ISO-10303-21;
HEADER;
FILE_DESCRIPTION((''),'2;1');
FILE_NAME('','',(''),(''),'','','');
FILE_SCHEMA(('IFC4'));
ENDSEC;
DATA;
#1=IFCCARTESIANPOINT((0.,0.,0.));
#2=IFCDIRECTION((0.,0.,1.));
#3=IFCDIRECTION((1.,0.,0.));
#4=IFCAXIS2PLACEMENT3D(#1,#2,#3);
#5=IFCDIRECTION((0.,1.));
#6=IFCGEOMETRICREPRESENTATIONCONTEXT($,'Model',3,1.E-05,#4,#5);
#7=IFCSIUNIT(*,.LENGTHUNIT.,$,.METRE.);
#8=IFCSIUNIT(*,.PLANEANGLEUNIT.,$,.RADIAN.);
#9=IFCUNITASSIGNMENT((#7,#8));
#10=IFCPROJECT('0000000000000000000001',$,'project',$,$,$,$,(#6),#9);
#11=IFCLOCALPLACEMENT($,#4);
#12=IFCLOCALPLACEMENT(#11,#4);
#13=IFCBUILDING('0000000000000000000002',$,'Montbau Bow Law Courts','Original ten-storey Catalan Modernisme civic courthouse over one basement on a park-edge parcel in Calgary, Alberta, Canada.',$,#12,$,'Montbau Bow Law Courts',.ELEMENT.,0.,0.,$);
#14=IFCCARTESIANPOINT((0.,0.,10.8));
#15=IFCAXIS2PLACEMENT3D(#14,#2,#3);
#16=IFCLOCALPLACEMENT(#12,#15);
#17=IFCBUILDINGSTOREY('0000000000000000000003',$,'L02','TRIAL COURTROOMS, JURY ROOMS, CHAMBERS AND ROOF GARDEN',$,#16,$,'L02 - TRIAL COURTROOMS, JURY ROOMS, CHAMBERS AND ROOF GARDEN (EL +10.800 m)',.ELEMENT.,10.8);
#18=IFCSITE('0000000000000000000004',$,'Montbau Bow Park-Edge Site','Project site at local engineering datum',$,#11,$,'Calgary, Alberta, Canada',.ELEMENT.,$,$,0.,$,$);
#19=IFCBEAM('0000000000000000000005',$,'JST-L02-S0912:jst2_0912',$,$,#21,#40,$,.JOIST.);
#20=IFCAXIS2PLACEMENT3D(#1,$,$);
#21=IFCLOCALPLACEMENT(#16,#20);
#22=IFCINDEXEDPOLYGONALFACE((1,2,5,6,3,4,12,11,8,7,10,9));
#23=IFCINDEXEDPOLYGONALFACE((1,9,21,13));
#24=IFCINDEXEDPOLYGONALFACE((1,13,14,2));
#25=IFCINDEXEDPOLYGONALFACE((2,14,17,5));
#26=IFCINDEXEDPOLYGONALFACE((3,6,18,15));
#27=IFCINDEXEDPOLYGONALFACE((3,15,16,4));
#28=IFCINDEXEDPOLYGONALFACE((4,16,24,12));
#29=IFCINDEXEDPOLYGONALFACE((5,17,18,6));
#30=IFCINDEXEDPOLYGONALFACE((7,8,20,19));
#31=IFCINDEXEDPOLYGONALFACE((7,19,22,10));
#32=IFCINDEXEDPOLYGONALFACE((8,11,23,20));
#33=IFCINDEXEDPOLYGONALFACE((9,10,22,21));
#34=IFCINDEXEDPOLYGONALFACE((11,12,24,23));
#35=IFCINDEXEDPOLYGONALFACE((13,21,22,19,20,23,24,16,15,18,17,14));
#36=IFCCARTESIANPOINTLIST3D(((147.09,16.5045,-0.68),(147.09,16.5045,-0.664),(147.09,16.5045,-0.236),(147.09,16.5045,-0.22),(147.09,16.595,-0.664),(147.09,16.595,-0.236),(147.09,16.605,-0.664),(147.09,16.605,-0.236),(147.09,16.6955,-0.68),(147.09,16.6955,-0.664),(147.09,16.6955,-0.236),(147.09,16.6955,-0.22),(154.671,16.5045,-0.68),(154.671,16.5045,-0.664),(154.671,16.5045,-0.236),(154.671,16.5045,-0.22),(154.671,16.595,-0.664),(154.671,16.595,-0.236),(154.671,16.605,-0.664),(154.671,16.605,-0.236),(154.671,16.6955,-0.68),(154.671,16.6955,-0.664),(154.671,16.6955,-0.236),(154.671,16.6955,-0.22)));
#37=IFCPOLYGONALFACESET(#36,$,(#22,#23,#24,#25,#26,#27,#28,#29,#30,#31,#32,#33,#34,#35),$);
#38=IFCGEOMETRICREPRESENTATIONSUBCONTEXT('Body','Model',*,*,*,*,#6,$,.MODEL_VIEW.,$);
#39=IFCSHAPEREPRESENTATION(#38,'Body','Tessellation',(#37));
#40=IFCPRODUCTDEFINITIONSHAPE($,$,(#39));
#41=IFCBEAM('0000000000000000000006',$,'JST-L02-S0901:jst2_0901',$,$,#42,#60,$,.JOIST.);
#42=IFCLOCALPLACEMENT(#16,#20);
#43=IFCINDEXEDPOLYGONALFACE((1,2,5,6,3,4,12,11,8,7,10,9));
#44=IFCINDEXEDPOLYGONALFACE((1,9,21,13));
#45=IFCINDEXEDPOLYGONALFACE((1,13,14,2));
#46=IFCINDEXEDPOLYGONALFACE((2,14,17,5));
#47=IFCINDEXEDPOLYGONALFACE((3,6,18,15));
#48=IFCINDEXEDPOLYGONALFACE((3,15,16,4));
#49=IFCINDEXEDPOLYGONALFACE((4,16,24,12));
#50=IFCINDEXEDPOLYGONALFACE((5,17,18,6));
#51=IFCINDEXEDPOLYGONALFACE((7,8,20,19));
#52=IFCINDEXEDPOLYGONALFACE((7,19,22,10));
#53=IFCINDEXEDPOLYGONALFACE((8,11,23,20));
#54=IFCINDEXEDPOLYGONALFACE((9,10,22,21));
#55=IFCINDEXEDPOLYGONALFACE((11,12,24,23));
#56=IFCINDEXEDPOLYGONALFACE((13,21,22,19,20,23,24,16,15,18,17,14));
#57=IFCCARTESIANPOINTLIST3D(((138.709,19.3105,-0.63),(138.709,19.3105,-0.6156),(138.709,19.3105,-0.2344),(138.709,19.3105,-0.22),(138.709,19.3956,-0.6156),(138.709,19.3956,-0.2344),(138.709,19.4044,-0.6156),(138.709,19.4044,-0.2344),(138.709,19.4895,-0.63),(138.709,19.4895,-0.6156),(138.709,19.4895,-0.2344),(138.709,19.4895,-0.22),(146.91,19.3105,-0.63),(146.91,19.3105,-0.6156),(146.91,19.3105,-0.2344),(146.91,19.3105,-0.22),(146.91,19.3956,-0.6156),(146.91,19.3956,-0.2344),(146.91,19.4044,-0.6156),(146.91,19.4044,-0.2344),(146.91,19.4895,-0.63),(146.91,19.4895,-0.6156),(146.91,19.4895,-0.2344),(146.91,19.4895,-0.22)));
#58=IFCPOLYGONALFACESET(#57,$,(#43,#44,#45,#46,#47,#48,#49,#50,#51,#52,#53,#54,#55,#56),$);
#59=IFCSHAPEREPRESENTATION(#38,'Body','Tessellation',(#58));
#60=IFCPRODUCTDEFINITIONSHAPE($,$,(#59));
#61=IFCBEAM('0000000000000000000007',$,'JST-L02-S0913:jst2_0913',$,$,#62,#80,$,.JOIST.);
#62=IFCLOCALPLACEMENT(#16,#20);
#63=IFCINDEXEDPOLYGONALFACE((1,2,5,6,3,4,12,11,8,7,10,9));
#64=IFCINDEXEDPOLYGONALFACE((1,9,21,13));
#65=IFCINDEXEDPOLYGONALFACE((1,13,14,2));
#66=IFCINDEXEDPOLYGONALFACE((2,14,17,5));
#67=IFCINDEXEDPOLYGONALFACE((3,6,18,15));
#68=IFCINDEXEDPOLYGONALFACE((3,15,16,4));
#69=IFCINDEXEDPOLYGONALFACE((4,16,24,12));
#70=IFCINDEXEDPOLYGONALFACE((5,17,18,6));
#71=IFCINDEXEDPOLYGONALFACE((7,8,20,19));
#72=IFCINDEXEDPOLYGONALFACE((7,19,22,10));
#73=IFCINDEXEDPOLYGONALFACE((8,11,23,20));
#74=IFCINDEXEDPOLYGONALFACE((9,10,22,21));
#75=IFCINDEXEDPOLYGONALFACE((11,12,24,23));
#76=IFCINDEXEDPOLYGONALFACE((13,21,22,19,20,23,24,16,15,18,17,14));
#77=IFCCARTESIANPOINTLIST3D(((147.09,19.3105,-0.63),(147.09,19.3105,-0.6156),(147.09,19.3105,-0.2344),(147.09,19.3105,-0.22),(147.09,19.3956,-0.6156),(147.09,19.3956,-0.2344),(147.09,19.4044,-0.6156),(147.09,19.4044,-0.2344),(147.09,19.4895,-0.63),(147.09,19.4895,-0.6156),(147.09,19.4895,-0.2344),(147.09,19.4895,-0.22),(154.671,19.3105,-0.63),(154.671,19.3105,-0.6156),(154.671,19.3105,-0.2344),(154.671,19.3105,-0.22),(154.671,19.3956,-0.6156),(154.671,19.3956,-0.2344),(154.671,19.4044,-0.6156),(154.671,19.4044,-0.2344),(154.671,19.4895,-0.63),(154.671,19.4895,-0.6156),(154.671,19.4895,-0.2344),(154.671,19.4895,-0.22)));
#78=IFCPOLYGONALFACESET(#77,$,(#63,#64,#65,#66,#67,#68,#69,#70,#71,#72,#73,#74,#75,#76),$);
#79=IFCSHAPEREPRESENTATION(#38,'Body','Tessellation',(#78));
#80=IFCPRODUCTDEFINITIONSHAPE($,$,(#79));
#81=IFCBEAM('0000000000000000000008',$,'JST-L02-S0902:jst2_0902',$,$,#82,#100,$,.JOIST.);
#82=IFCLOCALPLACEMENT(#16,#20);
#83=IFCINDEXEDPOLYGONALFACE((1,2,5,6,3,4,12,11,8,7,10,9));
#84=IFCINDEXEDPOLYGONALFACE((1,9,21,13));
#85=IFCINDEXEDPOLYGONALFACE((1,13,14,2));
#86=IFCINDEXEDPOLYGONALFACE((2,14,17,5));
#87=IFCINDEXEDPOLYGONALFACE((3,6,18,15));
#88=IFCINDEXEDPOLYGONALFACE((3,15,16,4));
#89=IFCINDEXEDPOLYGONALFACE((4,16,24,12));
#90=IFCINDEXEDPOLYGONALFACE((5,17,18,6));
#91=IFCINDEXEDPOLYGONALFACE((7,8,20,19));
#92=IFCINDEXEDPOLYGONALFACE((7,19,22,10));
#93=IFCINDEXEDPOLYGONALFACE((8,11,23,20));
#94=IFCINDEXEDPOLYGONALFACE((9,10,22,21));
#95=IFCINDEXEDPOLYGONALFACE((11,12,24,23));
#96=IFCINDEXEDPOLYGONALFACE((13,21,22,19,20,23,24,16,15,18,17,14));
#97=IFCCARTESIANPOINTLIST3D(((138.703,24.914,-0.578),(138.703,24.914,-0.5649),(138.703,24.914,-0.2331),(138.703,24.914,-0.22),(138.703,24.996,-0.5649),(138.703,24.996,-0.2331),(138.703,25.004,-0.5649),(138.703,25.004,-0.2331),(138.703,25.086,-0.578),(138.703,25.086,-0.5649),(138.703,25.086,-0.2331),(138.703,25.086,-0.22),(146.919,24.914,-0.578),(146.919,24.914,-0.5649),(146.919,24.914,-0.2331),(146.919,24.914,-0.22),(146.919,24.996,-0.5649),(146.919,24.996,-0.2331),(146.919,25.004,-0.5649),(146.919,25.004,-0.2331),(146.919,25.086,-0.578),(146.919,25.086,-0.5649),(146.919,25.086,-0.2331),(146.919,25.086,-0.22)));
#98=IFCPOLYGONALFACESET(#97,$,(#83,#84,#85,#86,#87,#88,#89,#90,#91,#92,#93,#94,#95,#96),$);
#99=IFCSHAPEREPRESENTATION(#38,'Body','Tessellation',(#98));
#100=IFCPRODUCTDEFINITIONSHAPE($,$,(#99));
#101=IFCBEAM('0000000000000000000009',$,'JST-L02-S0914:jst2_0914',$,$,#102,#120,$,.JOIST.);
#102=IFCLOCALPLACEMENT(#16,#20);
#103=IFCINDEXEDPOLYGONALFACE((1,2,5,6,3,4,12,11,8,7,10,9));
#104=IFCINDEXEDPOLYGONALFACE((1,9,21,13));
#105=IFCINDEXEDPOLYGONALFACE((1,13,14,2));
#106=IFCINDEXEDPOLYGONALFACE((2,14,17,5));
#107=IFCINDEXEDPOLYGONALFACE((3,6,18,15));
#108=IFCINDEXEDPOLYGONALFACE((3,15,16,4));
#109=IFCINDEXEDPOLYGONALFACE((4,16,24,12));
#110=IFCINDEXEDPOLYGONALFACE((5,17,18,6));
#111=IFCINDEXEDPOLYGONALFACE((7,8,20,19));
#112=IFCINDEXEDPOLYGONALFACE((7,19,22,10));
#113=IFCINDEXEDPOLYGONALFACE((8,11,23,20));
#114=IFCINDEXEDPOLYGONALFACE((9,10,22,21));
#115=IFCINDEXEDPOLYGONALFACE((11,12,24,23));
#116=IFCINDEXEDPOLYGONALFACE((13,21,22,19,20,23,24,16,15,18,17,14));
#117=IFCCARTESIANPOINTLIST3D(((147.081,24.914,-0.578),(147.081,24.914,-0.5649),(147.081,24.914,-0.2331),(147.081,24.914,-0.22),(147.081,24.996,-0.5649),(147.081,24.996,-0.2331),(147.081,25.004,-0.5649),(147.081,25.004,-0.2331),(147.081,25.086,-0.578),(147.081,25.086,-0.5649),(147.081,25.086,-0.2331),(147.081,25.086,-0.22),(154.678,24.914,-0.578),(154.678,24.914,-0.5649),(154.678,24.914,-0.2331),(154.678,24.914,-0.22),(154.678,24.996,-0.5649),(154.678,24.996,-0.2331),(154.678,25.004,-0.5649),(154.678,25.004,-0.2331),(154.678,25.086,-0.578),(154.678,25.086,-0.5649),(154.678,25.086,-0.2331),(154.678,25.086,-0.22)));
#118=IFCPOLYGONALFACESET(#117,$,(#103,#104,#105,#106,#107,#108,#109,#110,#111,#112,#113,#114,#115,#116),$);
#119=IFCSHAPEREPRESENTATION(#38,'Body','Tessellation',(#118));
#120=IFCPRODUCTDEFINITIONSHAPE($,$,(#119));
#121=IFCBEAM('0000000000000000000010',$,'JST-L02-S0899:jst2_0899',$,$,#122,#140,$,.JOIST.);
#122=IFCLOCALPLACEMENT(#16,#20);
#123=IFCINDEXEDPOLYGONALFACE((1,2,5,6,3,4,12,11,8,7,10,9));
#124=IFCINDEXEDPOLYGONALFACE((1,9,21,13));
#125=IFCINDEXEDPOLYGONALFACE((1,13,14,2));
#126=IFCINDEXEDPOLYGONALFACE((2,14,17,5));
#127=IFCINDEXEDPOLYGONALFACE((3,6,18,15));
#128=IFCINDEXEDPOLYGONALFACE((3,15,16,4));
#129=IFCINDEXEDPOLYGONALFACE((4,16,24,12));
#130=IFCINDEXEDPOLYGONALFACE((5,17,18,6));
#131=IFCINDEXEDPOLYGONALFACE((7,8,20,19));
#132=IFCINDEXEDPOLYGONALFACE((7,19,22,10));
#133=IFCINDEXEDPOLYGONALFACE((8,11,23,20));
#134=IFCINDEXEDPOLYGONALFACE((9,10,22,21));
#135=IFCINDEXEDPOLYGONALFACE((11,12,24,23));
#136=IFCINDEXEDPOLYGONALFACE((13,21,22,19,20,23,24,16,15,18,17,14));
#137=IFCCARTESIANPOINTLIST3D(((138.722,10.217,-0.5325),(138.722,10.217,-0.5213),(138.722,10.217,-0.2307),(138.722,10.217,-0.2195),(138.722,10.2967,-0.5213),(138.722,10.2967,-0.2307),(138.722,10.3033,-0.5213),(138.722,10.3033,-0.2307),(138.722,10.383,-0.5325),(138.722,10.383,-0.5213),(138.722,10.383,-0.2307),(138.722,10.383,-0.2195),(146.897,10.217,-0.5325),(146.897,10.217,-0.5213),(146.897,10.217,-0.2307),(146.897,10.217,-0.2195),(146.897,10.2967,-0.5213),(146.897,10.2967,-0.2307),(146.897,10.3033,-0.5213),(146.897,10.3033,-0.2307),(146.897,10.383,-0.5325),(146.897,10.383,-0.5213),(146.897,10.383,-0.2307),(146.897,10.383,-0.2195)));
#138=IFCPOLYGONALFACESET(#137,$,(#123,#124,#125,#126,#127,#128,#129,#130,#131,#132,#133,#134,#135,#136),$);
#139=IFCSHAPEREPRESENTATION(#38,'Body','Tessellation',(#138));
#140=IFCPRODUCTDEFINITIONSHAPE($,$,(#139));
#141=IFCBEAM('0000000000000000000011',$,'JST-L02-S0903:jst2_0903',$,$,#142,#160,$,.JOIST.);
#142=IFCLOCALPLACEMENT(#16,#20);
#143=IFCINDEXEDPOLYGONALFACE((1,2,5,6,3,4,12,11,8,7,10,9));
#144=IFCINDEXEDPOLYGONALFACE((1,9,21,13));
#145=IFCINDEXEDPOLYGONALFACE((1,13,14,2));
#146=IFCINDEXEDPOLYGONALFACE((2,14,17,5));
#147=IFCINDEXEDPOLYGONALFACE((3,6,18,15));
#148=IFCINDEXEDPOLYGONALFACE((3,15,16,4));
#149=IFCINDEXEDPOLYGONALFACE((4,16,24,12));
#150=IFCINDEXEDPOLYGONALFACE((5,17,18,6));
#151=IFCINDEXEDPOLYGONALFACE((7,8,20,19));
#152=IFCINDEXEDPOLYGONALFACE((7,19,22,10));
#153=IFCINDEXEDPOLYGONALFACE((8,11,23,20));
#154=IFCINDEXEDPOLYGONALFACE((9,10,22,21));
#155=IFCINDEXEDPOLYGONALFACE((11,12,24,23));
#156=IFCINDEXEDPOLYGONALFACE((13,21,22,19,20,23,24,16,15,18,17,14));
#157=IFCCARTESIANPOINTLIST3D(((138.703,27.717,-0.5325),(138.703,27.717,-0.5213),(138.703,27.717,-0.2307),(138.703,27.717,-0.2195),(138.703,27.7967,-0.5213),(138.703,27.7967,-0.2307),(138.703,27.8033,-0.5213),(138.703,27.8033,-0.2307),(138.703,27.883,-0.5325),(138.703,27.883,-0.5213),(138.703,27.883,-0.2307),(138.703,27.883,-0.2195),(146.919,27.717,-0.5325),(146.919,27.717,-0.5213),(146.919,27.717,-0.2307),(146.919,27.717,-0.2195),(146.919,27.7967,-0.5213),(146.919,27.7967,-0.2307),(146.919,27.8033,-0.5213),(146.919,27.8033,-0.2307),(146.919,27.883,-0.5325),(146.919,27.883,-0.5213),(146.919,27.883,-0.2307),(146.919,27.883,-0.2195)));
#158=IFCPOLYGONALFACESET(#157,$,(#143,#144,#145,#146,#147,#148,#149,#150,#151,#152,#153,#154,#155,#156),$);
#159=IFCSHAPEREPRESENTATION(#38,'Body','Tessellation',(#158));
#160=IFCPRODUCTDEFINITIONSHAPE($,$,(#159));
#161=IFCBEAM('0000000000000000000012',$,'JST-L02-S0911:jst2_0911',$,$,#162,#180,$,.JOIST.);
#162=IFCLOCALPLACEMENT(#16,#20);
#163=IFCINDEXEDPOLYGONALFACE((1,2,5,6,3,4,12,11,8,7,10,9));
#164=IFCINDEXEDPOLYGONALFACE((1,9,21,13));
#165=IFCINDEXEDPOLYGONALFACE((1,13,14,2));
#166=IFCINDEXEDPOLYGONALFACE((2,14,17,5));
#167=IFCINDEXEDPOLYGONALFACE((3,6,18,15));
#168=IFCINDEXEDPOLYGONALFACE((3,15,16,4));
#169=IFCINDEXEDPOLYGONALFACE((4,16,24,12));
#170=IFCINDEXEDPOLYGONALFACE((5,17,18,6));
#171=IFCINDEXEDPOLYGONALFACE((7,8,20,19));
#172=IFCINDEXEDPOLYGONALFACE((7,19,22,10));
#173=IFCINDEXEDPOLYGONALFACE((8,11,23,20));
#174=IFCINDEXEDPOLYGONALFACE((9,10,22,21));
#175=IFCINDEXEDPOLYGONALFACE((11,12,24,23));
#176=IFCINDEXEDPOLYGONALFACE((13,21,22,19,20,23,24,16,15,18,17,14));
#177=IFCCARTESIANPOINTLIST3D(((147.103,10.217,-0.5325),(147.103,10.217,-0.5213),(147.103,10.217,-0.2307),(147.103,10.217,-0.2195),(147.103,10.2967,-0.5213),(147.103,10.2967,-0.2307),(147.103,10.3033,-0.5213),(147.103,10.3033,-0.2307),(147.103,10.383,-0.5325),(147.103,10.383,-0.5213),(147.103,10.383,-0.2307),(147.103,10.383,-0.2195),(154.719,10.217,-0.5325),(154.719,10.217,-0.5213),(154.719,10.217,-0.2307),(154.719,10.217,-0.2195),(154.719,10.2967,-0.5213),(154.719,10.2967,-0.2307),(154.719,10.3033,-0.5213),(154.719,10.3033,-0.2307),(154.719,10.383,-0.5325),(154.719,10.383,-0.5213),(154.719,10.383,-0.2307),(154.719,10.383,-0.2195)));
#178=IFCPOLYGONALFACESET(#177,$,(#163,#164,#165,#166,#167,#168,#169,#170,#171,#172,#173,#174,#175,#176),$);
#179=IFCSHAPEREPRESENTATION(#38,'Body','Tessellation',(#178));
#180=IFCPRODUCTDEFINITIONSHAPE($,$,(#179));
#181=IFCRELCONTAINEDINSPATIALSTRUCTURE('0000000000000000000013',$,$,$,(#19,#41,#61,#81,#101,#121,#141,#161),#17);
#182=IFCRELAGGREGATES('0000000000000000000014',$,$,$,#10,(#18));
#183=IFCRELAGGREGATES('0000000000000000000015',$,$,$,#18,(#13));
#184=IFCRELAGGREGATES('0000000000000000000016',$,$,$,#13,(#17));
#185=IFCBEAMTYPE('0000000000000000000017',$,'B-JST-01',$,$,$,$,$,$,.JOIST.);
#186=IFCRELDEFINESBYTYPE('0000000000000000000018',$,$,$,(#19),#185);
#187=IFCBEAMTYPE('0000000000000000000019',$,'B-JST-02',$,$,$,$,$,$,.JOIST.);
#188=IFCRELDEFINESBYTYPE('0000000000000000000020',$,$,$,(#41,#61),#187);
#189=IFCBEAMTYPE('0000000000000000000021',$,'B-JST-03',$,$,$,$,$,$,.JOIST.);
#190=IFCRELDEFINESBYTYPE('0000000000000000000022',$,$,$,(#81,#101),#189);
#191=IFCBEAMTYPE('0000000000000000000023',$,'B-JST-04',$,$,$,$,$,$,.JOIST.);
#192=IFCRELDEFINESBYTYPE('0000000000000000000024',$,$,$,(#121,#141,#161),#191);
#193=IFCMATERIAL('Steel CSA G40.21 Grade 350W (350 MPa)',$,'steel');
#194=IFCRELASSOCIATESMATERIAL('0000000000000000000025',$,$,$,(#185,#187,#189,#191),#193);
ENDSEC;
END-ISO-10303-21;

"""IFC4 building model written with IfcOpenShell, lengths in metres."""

from ifc_helpers import new_model, si_unit, direction, frame, origin_with_axes, origin_2d_with_axis, place, context, subcontext, project, spatial, i_section, extrude, material, material_profile, profile_set, type_object, element, save


model = new_model("IFC4")

# Units and contexts
model_context = context("Model", 3, precision=1e-05, world=origin_with_axes(), true_north=direction((0.0, 1.0)))
body_context = subcontext(model_context, "Body", "Model", "MODEL_VIEW")
ifc_project = project(units=[si_unit("LENGTHUNIT", "METRE"), si_unit("PLANEANGLEUNIT", "RADIAN")], contexts=[model_context])

# Site, building, storey
site_placement = place(None, origin_with_axes())
site = spatial("IfcSite", under=ifc_project, at=site_placement, Name="Montbau Bow Park-Edge Site", Description="Project site at local engineering datum", LongName="Calgary, Alberta, Canada", CompositionType="ELEMENT", RefElevation=0.0)
building_placement = place(site_placement, origin_with_axes())
building = spatial("IfcBuilding", under=site, at=building_placement, Name="Montbau Bow Law Courts", Description="Original ten-storey Catalan Modernisme civic courthouse over one basement on a park-edge parcel in Calgary, Alberta, Canada.", LongName="Montbau Bow Law Courts", CompositionType="ELEMENT", ElevationOfRefHeight=0.0, ElevationOfTerrain=0.0)
storey_placement = place(building_placement, frame((0.0, 0.0, 10.8), z_axis=(0.0, 0.0, 1.0), x_axis=(1.0, 0.0, 0.0)))
storey = spatial("IfcBuildingStorey", under=building, at=storey_placement, Name="L02", Description="TRIAL COURTROOMS, JURY ROOMS, CHAMBERS AND ROOF GARDEN", LongName="L02 - TRIAL COURTROOMS, JURY ROOMS, CHAMBERS AND ROOF GARDEN (EL +10.800 m)", CompositionType="ELEMENT", Elevation=10.8)

# Shared definitions
ifc_material_1 = material(Name="Steel CSA G40.21 Grade 350W (350 MPa)", Category="steel")

# Beams
ifc_material_profile_1 = material_profile(ifc_material_1, i_section(OverallWidth=0.191, OverallDepth=0.46, WebThickness=0.0099, FlangeThickness=0.016, at=origin_2d_with_axis()), Name="W460X82", Category="Main", Priority=0)
ifc_profile_set_1 = profile_set([ifc_material_profile_1], Name="Steel CSA G40.21 Grade 350W (350 MPa)")
beam_type_1 = type_object("IfcBeamType", Name="B-JST-01", PredefinedType="JOIST", material=ifc_profile_set_1)
beam_1_placement = place(None, frame((147.09, 16.6, 10.35), z_axis=(1.0, 0.0, 0.0), x_axis=(0.0, 1.0, 0.0)))
element("IfcBeam", 1, at=beam_1_placement, inside=storey, type_object=beam_type_1, Name="JST-L02-S0912:jst2_0912", PredefinedType="JOIST", context=body_context, shape_type="SweptSolid", body=[
    extrude(i_section(OverallWidth=0.191, OverallDepth=0.46, WebThickness=0.0099, FlangeThickness=0.016, at=origin_2d_with_axis()), origin_with_axes(), (0.0, 0.0, 1.0), 7.581),
])
ifc_material_profile_2 = material_profile(ifc_material_1, i_section(OverallWidth=0.179, OverallDepth=0.41, WebThickness=0.0088, FlangeThickness=0.0144, at=origin_2d_with_axis()), Name="W410X67", Category="Main", Priority=0)
ifc_profile_set_2 = profile_set([ifc_material_profile_2], Name="Steel CSA G40.21 Grade 350W (350 MPa)")
beam_type_2 = type_object("IfcBeamType", Name="B-JST-02", PredefinedType="JOIST", material=ifc_profile_set_2)
beam_2_placement = place(None, frame((138.709, 19.4, 10.375), z_axis=(1.0, 0.0, 0.0), x_axis=(0.0, 1.0, 0.0)))
element("IfcBeam", 2, at=beam_2_placement, inside=storey, type_object=beam_type_2, Name="JST-L02-S0901:jst2_0901", PredefinedType="JOIST", context=body_context, shape_type="SweptSolid", body=[
    extrude(i_section(OverallWidth=0.179, OverallDepth=0.41, WebThickness=0.0088, FlangeThickness=0.0144, at=origin_2d_with_axis()), origin_with_axes(), (0.0, 0.0, 1.0), 8.201),
])
beam_3_placement = place(None, frame((147.09, 19.4, 10.375), z_axis=(1.0, 0.0, 0.0), x_axis=(0.0, 1.0, 0.0)))
element("IfcBeam", 3, at=beam_3_placement, inside=storey, type_object=beam_type_2, Name="JST-L02-S0913:jst2_0913", PredefinedType="JOIST", context=body_context, shape_type="SweptSolid", body=[
    extrude(i_section(OverallWidth=0.179, OverallDepth=0.41, WebThickness=0.0088, FlangeThickness=0.0144, at=origin_2d_with_axis()), origin_with_axes(), (0.0, 0.0, 1.0), 7.581),
])
ifc_material_profile_3 = material_profile(ifc_material_1, i_section(OverallWidth=0.172, OverallDepth=0.358, WebThickness=0.0079, FlangeThickness=0.0131, at=origin_2d_with_axis()), Name="W360X57", Category="Main", Priority=0)
ifc_profile_set_3 = profile_set([ifc_material_profile_3], Name="Steel CSA G40.21 Grade 350W (350 MPa)")
beam_type_3 = type_object("IfcBeamType", Name="B-JST-03", PredefinedType="JOIST", material=ifc_profile_set_3)
beam_4_placement = place(None, frame((138.703, 25.0, 10.401), z_axis=(1.0, 0.0, 0.0), x_axis=(0.0, 1.0, 0.0)))
element("IfcBeam", 4, at=beam_4_placement, inside=storey, type_object=beam_type_3, Name="JST-L02-S0902:jst2_0902", PredefinedType="JOIST", context=body_context, shape_type="SweptSolid", body=[
    extrude(i_section(OverallWidth=0.172, OverallDepth=0.358, WebThickness=0.0079, FlangeThickness=0.0131, at=origin_2d_with_axis()), origin_with_axes(), (0.0, 0.0, 1.0), 8.216),
])
beam_5_placement = place(None, frame((147.081, 25.0, 10.401), z_axis=(1.0, 0.0, 0.0), x_axis=(0.0, 1.0, 0.0)))
element("IfcBeam", 5, at=beam_5_placement, inside=storey, type_object=beam_type_3, Name="JST-L02-S0914:jst2_0914", PredefinedType="JOIST", context=body_context, shape_type="SweptSolid", body=[
    extrude(i_section(OverallWidth=0.172, OverallDepth=0.358, WebThickness=0.0079, FlangeThickness=0.0131, at=origin_2d_with_axis()), origin_with_axes(), (0.0, 0.0, 1.0), 7.597),
])
ifc_material_profile_4 = material_profile(ifc_material_1, i_section(OverallWidth=0.166, OverallDepth=0.313, WebThickness=0.0066, FlangeThickness=0.0112, at=origin_2d_with_axis()), Name="W310X45", Category="Main", Priority=0)
ifc_profile_set_4 = profile_set([ifc_material_profile_4], Name="Steel CSA G40.21 Grade 350W (350 MPa)")
beam_type_4 = type_object("IfcBeamType", Name="B-JST-04", PredefinedType="JOIST", material=ifc_profile_set_4)
beam_6_placement = place(None, frame((138.722, 10.3, 10.424), z_axis=(1.0, 0.0, 0.0), x_axis=(0.0, 1.0, 0.0)))
element("IfcBeam", 6, at=beam_6_placement, inside=storey, type_object=beam_type_4, Name="JST-L02-S0899:jst2_0899", PredefinedType="JOIST", context=body_context, shape_type="SweptSolid", body=[
    extrude(i_section(OverallWidth=0.166, OverallDepth=0.313, WebThickness=0.0066, FlangeThickness=0.0112, at=origin_2d_with_axis()), origin_with_axes(), (0.0, 0.0, 1.0), 8.175),
])
beam_7_placement = place(None, frame((138.703, 27.8, 10.424), z_axis=(1.0, 0.0, 0.0), x_axis=(0.0, 1.0, 0.0)))
element("IfcBeam", 7, at=beam_7_placement, inside=storey, type_object=beam_type_4, Name="JST-L02-S0903:jst2_0903", PredefinedType="JOIST", context=body_context, shape_type="SweptSolid", body=[
    extrude(i_section(OverallWidth=0.166, OverallDepth=0.313, WebThickness=0.0066, FlangeThickness=0.0112, at=origin_2d_with_axis()), origin_with_axes(), (0.0, 0.0, 1.0), 8.216),
])
beam_8_placement = place(None, frame((147.103, 10.3, 10.424), z_axis=(1.0, 0.0, 0.0), x_axis=(0.0, 1.0, 0.0)))
element("IfcBeam", 8, at=beam_8_placement, inside=storey, type_object=beam_type_4, Name="JST-L02-S0911:jst2_0911", PredefinedType="JOIST", context=body_context, shape_type="SweptSolid", body=[
    extrude(i_section(OverallWidth=0.166, OverallDepth=0.313, WebThickness=0.0066, FlangeThickness=0.0112, at=origin_2d_with_axis()), origin_with_axes(), (0.0, 0.0, 1.0), 7.616),
])

save(model, "model.ifc")
